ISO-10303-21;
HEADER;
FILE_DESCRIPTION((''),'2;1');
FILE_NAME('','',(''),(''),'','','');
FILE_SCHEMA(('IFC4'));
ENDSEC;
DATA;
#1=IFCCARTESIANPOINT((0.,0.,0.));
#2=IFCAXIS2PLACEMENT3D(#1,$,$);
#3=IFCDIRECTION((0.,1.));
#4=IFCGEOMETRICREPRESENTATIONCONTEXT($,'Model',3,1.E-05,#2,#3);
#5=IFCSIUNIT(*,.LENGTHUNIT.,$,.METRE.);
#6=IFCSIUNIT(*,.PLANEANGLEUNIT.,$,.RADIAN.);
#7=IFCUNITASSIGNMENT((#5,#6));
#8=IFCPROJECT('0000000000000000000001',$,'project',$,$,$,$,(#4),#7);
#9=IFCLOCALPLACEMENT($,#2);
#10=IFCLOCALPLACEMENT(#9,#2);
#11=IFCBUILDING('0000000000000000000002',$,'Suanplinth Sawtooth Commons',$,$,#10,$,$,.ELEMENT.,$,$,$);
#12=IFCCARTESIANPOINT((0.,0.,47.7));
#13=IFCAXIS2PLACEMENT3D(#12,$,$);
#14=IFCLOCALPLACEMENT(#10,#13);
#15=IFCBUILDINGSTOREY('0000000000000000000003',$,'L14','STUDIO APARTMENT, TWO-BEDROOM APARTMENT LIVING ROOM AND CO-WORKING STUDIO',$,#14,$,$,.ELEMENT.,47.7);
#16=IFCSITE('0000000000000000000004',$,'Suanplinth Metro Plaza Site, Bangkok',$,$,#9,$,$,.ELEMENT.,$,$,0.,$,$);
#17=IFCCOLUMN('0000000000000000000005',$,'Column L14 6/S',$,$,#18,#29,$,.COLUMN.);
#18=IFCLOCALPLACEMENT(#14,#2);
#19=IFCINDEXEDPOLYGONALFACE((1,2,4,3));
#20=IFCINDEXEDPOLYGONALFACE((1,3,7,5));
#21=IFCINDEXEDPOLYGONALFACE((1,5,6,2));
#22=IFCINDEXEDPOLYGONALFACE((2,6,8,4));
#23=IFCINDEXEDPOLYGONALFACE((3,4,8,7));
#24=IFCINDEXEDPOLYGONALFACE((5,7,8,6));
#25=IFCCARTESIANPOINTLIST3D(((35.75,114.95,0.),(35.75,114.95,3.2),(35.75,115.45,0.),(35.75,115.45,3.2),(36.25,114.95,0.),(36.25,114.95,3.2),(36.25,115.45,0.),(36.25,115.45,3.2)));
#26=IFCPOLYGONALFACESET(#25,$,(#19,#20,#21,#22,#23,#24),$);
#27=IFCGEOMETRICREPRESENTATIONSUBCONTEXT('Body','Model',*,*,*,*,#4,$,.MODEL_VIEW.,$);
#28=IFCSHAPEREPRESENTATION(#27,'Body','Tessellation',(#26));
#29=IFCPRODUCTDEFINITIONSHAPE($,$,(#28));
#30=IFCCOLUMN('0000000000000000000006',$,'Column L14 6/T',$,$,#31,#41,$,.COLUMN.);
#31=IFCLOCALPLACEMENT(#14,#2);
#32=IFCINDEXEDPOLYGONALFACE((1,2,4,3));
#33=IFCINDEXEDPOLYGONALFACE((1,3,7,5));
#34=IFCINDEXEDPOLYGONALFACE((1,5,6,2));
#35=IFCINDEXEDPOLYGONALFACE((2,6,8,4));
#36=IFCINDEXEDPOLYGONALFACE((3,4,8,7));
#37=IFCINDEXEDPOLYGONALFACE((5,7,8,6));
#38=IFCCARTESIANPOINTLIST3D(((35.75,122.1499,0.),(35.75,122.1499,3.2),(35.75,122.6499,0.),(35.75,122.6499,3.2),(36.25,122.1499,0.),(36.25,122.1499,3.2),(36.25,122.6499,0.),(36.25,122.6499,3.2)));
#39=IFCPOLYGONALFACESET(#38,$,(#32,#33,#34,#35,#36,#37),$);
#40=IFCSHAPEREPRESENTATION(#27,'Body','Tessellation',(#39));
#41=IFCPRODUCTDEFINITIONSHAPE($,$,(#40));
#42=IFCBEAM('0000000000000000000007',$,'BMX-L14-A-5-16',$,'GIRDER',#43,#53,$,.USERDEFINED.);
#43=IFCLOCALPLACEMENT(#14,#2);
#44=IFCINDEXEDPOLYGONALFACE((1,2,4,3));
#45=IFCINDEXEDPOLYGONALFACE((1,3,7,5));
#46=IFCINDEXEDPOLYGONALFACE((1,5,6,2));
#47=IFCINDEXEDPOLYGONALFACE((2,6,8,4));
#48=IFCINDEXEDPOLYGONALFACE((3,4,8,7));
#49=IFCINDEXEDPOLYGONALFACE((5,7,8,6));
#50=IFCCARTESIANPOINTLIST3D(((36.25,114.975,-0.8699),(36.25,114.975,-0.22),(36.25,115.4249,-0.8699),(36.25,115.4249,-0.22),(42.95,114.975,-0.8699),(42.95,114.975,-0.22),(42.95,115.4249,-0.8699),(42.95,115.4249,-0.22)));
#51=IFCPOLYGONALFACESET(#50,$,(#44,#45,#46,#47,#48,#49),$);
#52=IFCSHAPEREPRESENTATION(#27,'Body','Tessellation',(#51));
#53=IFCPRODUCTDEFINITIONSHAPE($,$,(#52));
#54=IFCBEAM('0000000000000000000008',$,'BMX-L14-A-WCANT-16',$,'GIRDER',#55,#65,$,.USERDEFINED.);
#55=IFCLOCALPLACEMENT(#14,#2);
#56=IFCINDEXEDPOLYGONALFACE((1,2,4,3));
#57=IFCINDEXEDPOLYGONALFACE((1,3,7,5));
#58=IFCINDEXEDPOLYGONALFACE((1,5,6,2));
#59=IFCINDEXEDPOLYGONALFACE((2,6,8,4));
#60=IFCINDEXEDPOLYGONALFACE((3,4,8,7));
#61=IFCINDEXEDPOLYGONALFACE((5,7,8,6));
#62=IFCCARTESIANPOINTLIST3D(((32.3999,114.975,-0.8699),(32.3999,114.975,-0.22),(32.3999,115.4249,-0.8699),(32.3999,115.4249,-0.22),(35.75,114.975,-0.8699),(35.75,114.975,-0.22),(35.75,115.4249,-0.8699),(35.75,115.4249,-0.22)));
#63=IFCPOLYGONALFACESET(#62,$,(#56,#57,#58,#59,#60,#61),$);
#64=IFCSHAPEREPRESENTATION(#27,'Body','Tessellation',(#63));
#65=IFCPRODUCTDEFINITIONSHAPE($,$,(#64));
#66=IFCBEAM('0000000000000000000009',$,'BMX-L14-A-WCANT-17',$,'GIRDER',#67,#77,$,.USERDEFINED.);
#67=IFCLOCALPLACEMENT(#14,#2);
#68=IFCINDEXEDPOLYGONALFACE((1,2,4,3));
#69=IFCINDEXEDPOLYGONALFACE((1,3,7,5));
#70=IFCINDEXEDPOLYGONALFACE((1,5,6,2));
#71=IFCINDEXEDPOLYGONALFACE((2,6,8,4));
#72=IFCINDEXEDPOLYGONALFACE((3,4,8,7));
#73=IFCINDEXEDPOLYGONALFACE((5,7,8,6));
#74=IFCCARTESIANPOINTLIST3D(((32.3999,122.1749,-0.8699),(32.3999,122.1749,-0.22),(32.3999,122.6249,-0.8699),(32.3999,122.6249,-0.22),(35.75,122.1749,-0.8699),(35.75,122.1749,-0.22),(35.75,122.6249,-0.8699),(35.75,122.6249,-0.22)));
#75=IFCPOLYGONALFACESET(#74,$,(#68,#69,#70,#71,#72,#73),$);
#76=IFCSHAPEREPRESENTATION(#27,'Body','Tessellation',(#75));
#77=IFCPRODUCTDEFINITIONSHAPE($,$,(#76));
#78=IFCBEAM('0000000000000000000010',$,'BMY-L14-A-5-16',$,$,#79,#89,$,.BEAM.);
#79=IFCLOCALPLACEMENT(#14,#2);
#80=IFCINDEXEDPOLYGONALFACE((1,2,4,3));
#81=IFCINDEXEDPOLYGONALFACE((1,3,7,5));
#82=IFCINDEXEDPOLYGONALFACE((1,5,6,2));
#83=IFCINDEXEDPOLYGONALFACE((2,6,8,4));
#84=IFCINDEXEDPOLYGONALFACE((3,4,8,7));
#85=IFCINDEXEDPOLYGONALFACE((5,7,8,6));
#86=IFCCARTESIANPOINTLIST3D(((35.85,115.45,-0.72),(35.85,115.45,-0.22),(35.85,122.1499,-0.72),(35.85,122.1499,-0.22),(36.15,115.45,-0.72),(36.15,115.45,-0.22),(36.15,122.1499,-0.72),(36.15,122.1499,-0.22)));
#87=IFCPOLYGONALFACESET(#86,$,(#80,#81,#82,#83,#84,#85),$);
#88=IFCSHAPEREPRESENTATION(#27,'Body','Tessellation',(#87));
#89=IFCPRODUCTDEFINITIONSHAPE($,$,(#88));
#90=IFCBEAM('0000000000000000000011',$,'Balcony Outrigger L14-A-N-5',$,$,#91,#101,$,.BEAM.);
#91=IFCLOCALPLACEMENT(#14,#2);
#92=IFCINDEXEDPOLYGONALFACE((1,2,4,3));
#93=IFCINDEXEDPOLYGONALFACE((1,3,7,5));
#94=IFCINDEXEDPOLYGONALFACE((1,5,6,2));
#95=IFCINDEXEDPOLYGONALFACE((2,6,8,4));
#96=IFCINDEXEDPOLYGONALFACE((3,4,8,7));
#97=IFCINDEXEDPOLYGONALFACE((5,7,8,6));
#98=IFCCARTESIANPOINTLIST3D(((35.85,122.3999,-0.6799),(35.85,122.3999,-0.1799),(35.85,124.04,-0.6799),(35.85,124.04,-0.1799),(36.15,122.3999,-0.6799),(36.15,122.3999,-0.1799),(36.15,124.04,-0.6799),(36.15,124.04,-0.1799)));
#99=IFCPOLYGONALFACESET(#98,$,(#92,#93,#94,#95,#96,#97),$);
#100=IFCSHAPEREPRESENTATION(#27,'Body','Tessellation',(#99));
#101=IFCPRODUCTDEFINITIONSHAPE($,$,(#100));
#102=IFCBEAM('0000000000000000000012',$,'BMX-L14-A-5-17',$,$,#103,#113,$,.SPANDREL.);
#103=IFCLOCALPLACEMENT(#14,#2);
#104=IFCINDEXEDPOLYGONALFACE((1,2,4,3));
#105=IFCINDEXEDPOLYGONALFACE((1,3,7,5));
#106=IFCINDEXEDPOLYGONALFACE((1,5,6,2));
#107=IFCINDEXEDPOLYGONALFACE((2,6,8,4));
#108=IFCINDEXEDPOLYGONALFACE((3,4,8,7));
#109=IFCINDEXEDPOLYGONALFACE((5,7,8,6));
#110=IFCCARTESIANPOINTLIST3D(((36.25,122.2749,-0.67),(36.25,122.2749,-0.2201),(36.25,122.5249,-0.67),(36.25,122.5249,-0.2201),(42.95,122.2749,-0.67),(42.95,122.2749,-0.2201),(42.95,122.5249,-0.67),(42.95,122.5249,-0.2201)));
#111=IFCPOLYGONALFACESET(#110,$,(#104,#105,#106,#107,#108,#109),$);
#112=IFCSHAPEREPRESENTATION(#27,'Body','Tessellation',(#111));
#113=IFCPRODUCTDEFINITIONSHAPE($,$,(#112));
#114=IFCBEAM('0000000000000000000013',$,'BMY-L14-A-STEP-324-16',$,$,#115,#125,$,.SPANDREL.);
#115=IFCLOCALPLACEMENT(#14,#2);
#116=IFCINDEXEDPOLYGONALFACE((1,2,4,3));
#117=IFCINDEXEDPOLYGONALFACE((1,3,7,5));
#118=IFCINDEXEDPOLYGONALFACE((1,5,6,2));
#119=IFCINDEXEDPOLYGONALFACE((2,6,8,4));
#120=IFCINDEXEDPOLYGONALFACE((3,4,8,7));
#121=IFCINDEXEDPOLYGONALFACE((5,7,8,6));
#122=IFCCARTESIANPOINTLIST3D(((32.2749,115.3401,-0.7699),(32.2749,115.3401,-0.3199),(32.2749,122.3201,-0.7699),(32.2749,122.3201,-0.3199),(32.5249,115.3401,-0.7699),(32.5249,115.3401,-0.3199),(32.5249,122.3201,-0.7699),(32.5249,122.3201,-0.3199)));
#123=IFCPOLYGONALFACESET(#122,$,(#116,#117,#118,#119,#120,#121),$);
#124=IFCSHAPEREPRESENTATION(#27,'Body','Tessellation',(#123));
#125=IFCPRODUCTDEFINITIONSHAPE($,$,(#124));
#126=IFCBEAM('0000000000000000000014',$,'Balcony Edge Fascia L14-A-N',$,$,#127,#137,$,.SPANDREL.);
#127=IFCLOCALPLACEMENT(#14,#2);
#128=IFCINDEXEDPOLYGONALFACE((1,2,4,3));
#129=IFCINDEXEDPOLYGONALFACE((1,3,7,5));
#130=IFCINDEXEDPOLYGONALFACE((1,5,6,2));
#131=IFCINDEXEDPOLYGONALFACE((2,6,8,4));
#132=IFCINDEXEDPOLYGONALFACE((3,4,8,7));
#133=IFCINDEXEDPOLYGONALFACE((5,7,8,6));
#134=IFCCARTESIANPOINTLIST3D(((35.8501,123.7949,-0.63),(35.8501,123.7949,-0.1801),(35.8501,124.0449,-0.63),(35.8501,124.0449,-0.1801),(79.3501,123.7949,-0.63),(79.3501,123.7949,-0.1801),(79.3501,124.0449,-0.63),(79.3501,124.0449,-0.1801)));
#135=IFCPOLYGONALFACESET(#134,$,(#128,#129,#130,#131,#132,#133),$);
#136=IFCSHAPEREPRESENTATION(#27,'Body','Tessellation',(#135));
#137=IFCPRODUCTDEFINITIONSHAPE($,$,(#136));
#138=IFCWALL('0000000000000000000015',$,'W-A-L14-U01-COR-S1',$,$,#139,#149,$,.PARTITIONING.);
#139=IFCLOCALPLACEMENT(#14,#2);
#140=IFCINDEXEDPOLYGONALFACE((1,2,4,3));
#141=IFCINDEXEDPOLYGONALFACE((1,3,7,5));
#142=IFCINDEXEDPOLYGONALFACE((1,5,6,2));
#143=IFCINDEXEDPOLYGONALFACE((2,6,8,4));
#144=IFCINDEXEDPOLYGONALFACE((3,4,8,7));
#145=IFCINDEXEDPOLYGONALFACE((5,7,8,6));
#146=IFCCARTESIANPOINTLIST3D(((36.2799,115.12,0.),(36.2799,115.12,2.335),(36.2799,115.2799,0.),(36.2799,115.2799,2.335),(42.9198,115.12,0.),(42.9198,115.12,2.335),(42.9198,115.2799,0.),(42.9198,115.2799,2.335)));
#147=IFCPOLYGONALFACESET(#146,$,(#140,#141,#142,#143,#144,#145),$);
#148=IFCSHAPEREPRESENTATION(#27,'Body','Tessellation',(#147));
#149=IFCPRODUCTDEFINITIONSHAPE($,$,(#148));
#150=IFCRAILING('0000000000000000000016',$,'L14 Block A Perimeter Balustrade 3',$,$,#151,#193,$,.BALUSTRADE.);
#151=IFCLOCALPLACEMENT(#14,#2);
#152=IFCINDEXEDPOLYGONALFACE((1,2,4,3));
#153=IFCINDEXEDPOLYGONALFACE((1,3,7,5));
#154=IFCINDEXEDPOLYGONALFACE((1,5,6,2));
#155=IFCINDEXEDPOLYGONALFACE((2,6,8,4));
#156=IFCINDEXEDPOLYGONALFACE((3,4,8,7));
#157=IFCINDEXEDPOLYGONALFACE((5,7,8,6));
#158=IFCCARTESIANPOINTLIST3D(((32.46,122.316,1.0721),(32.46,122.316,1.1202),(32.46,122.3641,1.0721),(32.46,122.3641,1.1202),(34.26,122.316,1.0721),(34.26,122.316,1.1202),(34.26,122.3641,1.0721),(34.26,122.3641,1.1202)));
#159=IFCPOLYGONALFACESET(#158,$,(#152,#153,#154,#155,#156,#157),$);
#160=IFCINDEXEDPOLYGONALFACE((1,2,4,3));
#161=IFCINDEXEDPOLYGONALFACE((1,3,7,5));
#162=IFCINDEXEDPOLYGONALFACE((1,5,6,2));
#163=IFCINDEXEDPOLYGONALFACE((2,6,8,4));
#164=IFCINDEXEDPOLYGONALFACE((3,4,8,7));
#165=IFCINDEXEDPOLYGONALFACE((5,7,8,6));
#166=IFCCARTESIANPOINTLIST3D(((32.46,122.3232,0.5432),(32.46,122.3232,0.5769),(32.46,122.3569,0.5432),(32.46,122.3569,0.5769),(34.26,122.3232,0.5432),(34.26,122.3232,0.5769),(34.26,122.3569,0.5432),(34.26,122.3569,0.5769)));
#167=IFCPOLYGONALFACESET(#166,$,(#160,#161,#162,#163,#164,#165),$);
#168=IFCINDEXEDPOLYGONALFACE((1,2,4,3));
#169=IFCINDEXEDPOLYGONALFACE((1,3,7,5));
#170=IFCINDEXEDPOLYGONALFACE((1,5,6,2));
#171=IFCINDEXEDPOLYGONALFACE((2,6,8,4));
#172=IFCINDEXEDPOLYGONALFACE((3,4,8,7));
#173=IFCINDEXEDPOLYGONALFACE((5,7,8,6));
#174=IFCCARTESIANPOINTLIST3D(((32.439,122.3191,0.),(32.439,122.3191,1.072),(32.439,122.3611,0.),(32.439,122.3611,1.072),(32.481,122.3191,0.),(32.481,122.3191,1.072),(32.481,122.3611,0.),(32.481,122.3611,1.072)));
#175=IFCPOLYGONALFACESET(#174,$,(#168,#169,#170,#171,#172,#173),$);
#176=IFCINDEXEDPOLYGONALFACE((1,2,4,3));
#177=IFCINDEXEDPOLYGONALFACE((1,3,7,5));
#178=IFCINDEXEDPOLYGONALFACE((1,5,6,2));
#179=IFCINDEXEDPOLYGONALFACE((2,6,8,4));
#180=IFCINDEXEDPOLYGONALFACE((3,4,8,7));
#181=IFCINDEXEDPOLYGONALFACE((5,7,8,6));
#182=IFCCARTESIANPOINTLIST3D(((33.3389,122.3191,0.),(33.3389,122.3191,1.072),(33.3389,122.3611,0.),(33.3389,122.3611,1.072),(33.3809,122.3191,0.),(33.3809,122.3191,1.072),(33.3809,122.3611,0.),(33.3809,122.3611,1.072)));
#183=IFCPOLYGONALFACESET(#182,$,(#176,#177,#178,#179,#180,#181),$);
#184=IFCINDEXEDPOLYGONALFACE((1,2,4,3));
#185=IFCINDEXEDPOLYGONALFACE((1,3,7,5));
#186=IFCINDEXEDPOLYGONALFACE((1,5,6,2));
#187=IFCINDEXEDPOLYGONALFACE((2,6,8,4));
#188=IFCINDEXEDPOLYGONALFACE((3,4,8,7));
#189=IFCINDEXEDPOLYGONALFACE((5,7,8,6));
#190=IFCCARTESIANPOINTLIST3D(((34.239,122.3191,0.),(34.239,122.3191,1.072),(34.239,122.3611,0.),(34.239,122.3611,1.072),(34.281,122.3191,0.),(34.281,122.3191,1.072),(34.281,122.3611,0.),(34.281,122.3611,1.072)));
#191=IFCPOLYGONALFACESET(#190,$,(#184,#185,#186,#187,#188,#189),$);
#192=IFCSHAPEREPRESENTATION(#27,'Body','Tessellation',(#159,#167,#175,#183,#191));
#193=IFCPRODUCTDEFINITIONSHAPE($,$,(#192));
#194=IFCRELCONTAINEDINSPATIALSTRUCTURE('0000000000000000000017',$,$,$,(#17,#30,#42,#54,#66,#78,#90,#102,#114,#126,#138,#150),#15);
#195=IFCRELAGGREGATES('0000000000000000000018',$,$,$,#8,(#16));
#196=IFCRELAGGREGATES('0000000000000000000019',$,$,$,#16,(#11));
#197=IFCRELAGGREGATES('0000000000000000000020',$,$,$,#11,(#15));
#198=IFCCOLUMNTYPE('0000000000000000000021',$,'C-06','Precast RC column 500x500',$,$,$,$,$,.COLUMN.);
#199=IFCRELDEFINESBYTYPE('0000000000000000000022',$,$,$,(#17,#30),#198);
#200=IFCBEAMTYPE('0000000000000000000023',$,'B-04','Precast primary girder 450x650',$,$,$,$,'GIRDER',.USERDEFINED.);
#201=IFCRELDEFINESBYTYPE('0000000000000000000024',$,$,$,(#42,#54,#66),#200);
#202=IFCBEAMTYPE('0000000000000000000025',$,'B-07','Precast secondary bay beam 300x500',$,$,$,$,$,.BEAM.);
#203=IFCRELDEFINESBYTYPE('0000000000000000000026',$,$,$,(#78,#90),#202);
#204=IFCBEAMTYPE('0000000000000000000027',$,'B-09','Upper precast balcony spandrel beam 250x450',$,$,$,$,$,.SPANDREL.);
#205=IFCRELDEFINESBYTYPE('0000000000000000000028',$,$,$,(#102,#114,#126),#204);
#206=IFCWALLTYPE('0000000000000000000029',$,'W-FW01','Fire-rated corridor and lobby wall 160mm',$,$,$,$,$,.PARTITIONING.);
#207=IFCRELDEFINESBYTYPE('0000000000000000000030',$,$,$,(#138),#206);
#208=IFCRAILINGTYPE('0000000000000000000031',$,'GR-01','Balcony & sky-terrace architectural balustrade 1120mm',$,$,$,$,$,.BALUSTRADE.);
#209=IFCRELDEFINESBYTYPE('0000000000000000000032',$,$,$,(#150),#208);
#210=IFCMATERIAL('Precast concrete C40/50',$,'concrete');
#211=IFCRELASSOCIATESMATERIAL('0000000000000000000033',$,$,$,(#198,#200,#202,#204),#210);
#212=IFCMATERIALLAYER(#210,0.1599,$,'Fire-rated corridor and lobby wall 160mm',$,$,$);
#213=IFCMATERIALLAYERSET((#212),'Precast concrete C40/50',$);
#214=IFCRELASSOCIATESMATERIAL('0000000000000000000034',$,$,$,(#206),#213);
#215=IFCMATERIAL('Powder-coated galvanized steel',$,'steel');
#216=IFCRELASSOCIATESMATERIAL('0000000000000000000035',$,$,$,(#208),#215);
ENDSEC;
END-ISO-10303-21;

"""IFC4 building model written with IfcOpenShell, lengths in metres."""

from ifc_helpers import new_model, si_unit, direction, frame, frame_2d, origin, origin_2d, place, context, subcontext, project, spatial, rectangle, extrude, material, layer, layer_set, material_profile, profile_set, type_object, element, save


model = new_model("IFC4")

# Units and contexts
model_context = context("Model", 3, precision=1e-05, world=origin(), true_north=direction((0.0, 1.0)))
body_context = subcontext(model_context, "Body", "Model", "MODEL_VIEW")
ifc_project = project(units=[si_unit("LENGTHUNIT", "METRE"), si_unit("PLANEANGLEUNIT", "RADIAN")], contexts=[model_context])

# Site, building, storey
site_placement = place(None, origin())
site = spatial("IfcSite", under=ifc_project, at=site_placement, Name="Suanplinth Metro Plaza Site, Bangkok", CompositionType="ELEMENT", RefElevation=0.0)
building_placement = place(site_placement, origin())
building = spatial("IfcBuilding", under=site, at=building_placement, Name="Suanplinth Sawtooth Commons", CompositionType="ELEMENT")
storey_placement = place(building_placement, frame((0.0, 0.0, 47.7)))
storey = spatial("IfcBuildingStorey", under=building, at=storey_placement, Name="L14", Description="STUDIO APARTMENT, TWO-BEDROOM APARTMENT LIVING ROOM AND CO-WORKING STUDIO", CompositionType="ELEMENT", Elevation=47.7)

# Columns
ifc_material_1 = material(Name="Precast concrete C40/50", Category="concrete")
ifc_material_profile_1 = material_profile(ifc_material_1, rectangle(XDim=0.5, YDim=0.5, at=origin_2d()), Name="PC-COL 500x500")
ifc_profile_set_1 = profile_set([ifc_material_profile_1], Name="Precast concrete C40/50")
column_type = type_object("IfcColumnType", Name="C-06", Description="Precast RC column 500x500", PredefinedType="COLUMN", material=ifc_profile_set_1)
for number, where, z_axis, x_axis, name in (
    (1, (36.0, 115.2, 0.0), (0.0, 0.0, 1.0), (1.0, 0.0, 0.0), "Column L14 6/S"),
    (2, (36.0, 122.3999, 0.0), (0.0, 0.0, 1.0), (1.0, 0.0, 0.0), "Column L14 6/T"),
):
    element("IfcColumn", number, at=place(storey_placement, frame(where, z_axis=z_axis, x_axis=x_axis)), inside=storey, type_object=column_type, Name=name, PredefinedType="COLUMN", context=body_context, shape_type="SweptSolid", body=[
        extrude(rectangle(XDim=0.5, YDim=0.5, at=origin_2d()), origin(), (0.0, 0.0, 1.0), 3.2),
    ])

# Beams
ifc_material_profile_2 = material_profile(ifc_material_1, rectangle(XDim=0.45, YDim=0.6499, at=origin_2d()), Name="PC-GDR 450x650")
ifc_profile_set_2 = profile_set([ifc_material_profile_2], Name="Precast concrete C40/50")
beam_type_1 = type_object("IfcBeamType", Name="B-04", Description="Precast primary girder 450x650", ElementType="GIRDER", PredefinedType="USERDEFINED", material=ifc_profile_set_2)
beam_1_placement = place(storey_placement, frame((36.25, 115.2, -0.5449), z_axis=(1.0, 0.0, 0.0), x_axis=(0.0, 1.0, 0.0)))
element("IfcBeam", 3, at=beam_1_placement, inside=storey, type_object=beam_type_1, Name="BMX-L14-A-5-16", ObjectType="GIRDER", PredefinedType="USERDEFINED", context=body_context, shape_type="SweptSolid", body=[
    extrude(rectangle(XDim=0.45, YDim=0.6499, at=origin_2d()), origin(), (0.0, 0.0, 1.0), 6.7),
])
for number, where, z_axis, x_axis, name in (
    (4, (35.75, 115.2, -0.5449), (-1.0, 0.0, 0.0), (0.0, -1.0, 0.0), "BMX-L14-A-WCANT-16"),
    (5, (35.75, 122.3999, -0.5449), (-1.0, 0.0, 0.0), (0.0, -1.0, 0.0), "BMX-L14-A-WCANT-17"),
):
    element("IfcBeam", number, at=place(storey_placement, frame(where, z_axis=z_axis, x_axis=x_axis)), inside=storey, type_object=beam_type_1, Name=name, ObjectType="GIRDER", PredefinedType="USERDEFINED", context=body_context, shape_type="SweptSolid", body=[
        extrude(rectangle(XDim=0.45, YDim=0.6499, at=origin_2d()), origin(), (0.0, 0.0, 1.0), 3.3501),
    ])
ifc_material_profile_3 = material_profile(ifc_material_1, rectangle(XDim=0.3, YDim=0.5, at=origin_2d()), Name="PC-BM 300x500")
ifc_profile_set_3 = profile_set([ifc_material_profile_3], Name="Precast concrete C40/50")
beam_type_2 = type_object("IfcBeamType", Name="B-07", Description="Precast secondary bay beam 300x500", PredefinedType="BEAM", material=ifc_profile_set_3)
beam_2_placement = place(storey_placement, frame((36.0, 115.45, -0.47), z_axis=(0.0, 1.0, 0.0), x_axis=(-1.0, 0.0, 0.0)))
element("IfcBeam", 6, at=beam_2_placement, inside=storey, type_object=beam_type_2, Name="BMY-L14-A-5-16", PredefinedType="BEAM", context=body_context, shape_type="SweptSolid", body=[
    extrude(rectangle(XDim=0.3, YDim=0.5, at=origin_2d()), origin(), (0.0, 0.0, 1.0), 6.7),
])
beam_3_placement = place(storey_placement, frame((36.0, 122.3999, -0.4299), z_axis=(0.0, 1.0, 0.0), x_axis=(-1.0, 0.0, 0.0)))
element("IfcBeam", 7, at=beam_3_placement, inside=storey, type_object=beam_type_2, Name="Balcony Outrigger L14-A-N-5", PredefinedType="BEAM", context=body_context, shape_type="SweptSolid", body=[
    extrude(rectangle(XDim=0.3, YDim=0.5, at=origin_2d()), origin(), (0.0, 0.0, 1.0), 1.6401),
])
ifc_material_profile_4 = material_profile(ifc_material_1, rectangle(XDim=0.25, YDim=0.45, at=origin_2d()), Name="PC-SP 250x450")
ifc_profile_set_4 = profile_set([ifc_material_profile_4], Name="Precast concrete C40/50")
beam_type_3 = type_object("IfcBeamType", Name="B-09", Description="Upper precast balcony spandrel beam 250x450", PredefinedType="SPANDREL", material=ifc_profile_set_4)
beam_4_placement = place(storey_placement, frame((36.25, 122.3999, -0.4451), z_axis=(1.0, 0.0, 0.0), x_axis=(0.0, 1.0, 0.0)))
element("IfcBeam", 8, at=beam_4_placement, inside=storey, type_object=beam_type_3, Name="BMX-L14-A-5-17", PredefinedType="SPANDREL", context=body_context, shape_type="SweptSolid", body=[
    extrude(rectangle(XDim=0.25, YDim=0.45, at=origin_2d()), origin(), (0.0, 0.0, 1.0), 6.7),
])
beam_5_placement = place(storey_placement, frame((32.3999, 115.3401, -0.5449), z_axis=(0.0, 1.0, 0.0), x_axis=(-1.0, 0.0, 0.0)))
element("IfcBeam", 9, at=beam_5_placement, inside=storey, type_object=beam_type_3, Name="BMY-L14-A-STEP-324-16", PredefinedType="SPANDREL", context=body_context, shape_type="SweptSolid", body=[
    extrude(rectangle(XDim=0.25, YDim=0.45, at=origin_2d()), origin(), (0.0, 0.0, 1.0), 6.98),
])
beam_6_placement = place(storey_placement, frame((35.8501, 123.9199, -0.405), z_axis=(1.0, 0.0, 0.0), x_axis=(0.0, 1.0, 0.0)))
element("IfcBeam", 10, at=beam_6_placement, inside=storey, type_object=beam_type_3, Name="Balcony Edge Fascia L14-A-N", PredefinedType="SPANDREL", context=body_context, shape_type="SweptSolid", body=[
    extrude(rectangle(XDim=0.25, YDim=0.45, at=origin_2d()), origin(), (0.0, 0.0, 1.0), 43.5),
])

# Wall
ifc_layer_1 = layer(ifc_material_1, 0.1599, Name="Fire-rated corridor and lobby wall 160mm")
ifc_layer_set_1 = layer_set([ifc_layer_1], Name="Precast concrete C40/50")
wall_type_1 = type_object("IfcWallType", Name="W-FW01", Description="Fire-rated corridor and lobby wall 160mm", PredefinedType="PARTITIONING", material=ifc_layer_set_1)
wall_1_placement = place(storey_placement, frame((36.28, 115.2, 0.0), z_axis=(0.0, 0.0, 1.0), x_axis=(1.0, 0.0, 0.0)))
element("IfcWall", 11, at=wall_1_placement, inside=storey, type_object=wall_type_1, Name="W-A-L14-U01-COR-S1", PredefinedType="PARTITIONING", context=body_context, shape_type="SweptSolid", body=[
    extrude(rectangle(XDim=6.6399, YDim=0.1599, at=frame_2d((3.3198, 0.0))), origin(), (0.0, 0.0, 1.0), 2.335),
])

# Railing
ifc_material_2 = material(Name="Powder-coated galvanized steel", Category="steel")
railing_type = type_object("IfcRailingType", Name="GR-01", Description="Balcony & sky-terrace architectural balustrade 1120mm", PredefinedType="BALUSTRADE", material=ifc_material_2)
railing_1_placement = place(storey_placement, frame((32.46, 122.3401, 0.0)))
element("IfcRailing", 12, at=railing_1_placement, inside=storey, type_object=railing_type, Name="L14 Block A Perimeter Balustrade 3", PredefinedType="BALUSTRADE", context=body_context, shape_type="SweptSolid", body=[
    extrude(rectangle(XDim=0.0481, YDim=0.0481, at=origin_2d()), frame((0.0, 0.0, 1.0962), z_axis=(1.0, 0.0, 0.0), x_axis=(0.0, 1.0, 0.0)), (0.0, 0.0, 1.0), 1.8),
    extrude(rectangle(XDim=0.0337, YDim=0.0337, at=origin_2d()), frame((0.0, 0.0, 0.5601), z_axis=(1.0, 0.0, 0.0), x_axis=(0.0, 1.0, 0.0)), (0.0, 0.0, 1.0), 1.8),
    extrude(rectangle(XDim=0.042, YDim=0.042, at=origin_2d()), origin(), (0.0, 0.0, 1.0), 1.072),
    extrude(rectangle(XDim=0.042, YDim=0.042, at=origin_2d()), frame((0.8999, 0.0, 0.0)), (0.0, 0.0, 1.0), 1.072),
    extrude(rectangle(XDim=0.042, YDim=0.042, at=origin_2d()), frame((1.8, 0.0, 0.0)), (0.0, 0.0, 1.0), 1.072),
])

save(model, "model.ifc")
